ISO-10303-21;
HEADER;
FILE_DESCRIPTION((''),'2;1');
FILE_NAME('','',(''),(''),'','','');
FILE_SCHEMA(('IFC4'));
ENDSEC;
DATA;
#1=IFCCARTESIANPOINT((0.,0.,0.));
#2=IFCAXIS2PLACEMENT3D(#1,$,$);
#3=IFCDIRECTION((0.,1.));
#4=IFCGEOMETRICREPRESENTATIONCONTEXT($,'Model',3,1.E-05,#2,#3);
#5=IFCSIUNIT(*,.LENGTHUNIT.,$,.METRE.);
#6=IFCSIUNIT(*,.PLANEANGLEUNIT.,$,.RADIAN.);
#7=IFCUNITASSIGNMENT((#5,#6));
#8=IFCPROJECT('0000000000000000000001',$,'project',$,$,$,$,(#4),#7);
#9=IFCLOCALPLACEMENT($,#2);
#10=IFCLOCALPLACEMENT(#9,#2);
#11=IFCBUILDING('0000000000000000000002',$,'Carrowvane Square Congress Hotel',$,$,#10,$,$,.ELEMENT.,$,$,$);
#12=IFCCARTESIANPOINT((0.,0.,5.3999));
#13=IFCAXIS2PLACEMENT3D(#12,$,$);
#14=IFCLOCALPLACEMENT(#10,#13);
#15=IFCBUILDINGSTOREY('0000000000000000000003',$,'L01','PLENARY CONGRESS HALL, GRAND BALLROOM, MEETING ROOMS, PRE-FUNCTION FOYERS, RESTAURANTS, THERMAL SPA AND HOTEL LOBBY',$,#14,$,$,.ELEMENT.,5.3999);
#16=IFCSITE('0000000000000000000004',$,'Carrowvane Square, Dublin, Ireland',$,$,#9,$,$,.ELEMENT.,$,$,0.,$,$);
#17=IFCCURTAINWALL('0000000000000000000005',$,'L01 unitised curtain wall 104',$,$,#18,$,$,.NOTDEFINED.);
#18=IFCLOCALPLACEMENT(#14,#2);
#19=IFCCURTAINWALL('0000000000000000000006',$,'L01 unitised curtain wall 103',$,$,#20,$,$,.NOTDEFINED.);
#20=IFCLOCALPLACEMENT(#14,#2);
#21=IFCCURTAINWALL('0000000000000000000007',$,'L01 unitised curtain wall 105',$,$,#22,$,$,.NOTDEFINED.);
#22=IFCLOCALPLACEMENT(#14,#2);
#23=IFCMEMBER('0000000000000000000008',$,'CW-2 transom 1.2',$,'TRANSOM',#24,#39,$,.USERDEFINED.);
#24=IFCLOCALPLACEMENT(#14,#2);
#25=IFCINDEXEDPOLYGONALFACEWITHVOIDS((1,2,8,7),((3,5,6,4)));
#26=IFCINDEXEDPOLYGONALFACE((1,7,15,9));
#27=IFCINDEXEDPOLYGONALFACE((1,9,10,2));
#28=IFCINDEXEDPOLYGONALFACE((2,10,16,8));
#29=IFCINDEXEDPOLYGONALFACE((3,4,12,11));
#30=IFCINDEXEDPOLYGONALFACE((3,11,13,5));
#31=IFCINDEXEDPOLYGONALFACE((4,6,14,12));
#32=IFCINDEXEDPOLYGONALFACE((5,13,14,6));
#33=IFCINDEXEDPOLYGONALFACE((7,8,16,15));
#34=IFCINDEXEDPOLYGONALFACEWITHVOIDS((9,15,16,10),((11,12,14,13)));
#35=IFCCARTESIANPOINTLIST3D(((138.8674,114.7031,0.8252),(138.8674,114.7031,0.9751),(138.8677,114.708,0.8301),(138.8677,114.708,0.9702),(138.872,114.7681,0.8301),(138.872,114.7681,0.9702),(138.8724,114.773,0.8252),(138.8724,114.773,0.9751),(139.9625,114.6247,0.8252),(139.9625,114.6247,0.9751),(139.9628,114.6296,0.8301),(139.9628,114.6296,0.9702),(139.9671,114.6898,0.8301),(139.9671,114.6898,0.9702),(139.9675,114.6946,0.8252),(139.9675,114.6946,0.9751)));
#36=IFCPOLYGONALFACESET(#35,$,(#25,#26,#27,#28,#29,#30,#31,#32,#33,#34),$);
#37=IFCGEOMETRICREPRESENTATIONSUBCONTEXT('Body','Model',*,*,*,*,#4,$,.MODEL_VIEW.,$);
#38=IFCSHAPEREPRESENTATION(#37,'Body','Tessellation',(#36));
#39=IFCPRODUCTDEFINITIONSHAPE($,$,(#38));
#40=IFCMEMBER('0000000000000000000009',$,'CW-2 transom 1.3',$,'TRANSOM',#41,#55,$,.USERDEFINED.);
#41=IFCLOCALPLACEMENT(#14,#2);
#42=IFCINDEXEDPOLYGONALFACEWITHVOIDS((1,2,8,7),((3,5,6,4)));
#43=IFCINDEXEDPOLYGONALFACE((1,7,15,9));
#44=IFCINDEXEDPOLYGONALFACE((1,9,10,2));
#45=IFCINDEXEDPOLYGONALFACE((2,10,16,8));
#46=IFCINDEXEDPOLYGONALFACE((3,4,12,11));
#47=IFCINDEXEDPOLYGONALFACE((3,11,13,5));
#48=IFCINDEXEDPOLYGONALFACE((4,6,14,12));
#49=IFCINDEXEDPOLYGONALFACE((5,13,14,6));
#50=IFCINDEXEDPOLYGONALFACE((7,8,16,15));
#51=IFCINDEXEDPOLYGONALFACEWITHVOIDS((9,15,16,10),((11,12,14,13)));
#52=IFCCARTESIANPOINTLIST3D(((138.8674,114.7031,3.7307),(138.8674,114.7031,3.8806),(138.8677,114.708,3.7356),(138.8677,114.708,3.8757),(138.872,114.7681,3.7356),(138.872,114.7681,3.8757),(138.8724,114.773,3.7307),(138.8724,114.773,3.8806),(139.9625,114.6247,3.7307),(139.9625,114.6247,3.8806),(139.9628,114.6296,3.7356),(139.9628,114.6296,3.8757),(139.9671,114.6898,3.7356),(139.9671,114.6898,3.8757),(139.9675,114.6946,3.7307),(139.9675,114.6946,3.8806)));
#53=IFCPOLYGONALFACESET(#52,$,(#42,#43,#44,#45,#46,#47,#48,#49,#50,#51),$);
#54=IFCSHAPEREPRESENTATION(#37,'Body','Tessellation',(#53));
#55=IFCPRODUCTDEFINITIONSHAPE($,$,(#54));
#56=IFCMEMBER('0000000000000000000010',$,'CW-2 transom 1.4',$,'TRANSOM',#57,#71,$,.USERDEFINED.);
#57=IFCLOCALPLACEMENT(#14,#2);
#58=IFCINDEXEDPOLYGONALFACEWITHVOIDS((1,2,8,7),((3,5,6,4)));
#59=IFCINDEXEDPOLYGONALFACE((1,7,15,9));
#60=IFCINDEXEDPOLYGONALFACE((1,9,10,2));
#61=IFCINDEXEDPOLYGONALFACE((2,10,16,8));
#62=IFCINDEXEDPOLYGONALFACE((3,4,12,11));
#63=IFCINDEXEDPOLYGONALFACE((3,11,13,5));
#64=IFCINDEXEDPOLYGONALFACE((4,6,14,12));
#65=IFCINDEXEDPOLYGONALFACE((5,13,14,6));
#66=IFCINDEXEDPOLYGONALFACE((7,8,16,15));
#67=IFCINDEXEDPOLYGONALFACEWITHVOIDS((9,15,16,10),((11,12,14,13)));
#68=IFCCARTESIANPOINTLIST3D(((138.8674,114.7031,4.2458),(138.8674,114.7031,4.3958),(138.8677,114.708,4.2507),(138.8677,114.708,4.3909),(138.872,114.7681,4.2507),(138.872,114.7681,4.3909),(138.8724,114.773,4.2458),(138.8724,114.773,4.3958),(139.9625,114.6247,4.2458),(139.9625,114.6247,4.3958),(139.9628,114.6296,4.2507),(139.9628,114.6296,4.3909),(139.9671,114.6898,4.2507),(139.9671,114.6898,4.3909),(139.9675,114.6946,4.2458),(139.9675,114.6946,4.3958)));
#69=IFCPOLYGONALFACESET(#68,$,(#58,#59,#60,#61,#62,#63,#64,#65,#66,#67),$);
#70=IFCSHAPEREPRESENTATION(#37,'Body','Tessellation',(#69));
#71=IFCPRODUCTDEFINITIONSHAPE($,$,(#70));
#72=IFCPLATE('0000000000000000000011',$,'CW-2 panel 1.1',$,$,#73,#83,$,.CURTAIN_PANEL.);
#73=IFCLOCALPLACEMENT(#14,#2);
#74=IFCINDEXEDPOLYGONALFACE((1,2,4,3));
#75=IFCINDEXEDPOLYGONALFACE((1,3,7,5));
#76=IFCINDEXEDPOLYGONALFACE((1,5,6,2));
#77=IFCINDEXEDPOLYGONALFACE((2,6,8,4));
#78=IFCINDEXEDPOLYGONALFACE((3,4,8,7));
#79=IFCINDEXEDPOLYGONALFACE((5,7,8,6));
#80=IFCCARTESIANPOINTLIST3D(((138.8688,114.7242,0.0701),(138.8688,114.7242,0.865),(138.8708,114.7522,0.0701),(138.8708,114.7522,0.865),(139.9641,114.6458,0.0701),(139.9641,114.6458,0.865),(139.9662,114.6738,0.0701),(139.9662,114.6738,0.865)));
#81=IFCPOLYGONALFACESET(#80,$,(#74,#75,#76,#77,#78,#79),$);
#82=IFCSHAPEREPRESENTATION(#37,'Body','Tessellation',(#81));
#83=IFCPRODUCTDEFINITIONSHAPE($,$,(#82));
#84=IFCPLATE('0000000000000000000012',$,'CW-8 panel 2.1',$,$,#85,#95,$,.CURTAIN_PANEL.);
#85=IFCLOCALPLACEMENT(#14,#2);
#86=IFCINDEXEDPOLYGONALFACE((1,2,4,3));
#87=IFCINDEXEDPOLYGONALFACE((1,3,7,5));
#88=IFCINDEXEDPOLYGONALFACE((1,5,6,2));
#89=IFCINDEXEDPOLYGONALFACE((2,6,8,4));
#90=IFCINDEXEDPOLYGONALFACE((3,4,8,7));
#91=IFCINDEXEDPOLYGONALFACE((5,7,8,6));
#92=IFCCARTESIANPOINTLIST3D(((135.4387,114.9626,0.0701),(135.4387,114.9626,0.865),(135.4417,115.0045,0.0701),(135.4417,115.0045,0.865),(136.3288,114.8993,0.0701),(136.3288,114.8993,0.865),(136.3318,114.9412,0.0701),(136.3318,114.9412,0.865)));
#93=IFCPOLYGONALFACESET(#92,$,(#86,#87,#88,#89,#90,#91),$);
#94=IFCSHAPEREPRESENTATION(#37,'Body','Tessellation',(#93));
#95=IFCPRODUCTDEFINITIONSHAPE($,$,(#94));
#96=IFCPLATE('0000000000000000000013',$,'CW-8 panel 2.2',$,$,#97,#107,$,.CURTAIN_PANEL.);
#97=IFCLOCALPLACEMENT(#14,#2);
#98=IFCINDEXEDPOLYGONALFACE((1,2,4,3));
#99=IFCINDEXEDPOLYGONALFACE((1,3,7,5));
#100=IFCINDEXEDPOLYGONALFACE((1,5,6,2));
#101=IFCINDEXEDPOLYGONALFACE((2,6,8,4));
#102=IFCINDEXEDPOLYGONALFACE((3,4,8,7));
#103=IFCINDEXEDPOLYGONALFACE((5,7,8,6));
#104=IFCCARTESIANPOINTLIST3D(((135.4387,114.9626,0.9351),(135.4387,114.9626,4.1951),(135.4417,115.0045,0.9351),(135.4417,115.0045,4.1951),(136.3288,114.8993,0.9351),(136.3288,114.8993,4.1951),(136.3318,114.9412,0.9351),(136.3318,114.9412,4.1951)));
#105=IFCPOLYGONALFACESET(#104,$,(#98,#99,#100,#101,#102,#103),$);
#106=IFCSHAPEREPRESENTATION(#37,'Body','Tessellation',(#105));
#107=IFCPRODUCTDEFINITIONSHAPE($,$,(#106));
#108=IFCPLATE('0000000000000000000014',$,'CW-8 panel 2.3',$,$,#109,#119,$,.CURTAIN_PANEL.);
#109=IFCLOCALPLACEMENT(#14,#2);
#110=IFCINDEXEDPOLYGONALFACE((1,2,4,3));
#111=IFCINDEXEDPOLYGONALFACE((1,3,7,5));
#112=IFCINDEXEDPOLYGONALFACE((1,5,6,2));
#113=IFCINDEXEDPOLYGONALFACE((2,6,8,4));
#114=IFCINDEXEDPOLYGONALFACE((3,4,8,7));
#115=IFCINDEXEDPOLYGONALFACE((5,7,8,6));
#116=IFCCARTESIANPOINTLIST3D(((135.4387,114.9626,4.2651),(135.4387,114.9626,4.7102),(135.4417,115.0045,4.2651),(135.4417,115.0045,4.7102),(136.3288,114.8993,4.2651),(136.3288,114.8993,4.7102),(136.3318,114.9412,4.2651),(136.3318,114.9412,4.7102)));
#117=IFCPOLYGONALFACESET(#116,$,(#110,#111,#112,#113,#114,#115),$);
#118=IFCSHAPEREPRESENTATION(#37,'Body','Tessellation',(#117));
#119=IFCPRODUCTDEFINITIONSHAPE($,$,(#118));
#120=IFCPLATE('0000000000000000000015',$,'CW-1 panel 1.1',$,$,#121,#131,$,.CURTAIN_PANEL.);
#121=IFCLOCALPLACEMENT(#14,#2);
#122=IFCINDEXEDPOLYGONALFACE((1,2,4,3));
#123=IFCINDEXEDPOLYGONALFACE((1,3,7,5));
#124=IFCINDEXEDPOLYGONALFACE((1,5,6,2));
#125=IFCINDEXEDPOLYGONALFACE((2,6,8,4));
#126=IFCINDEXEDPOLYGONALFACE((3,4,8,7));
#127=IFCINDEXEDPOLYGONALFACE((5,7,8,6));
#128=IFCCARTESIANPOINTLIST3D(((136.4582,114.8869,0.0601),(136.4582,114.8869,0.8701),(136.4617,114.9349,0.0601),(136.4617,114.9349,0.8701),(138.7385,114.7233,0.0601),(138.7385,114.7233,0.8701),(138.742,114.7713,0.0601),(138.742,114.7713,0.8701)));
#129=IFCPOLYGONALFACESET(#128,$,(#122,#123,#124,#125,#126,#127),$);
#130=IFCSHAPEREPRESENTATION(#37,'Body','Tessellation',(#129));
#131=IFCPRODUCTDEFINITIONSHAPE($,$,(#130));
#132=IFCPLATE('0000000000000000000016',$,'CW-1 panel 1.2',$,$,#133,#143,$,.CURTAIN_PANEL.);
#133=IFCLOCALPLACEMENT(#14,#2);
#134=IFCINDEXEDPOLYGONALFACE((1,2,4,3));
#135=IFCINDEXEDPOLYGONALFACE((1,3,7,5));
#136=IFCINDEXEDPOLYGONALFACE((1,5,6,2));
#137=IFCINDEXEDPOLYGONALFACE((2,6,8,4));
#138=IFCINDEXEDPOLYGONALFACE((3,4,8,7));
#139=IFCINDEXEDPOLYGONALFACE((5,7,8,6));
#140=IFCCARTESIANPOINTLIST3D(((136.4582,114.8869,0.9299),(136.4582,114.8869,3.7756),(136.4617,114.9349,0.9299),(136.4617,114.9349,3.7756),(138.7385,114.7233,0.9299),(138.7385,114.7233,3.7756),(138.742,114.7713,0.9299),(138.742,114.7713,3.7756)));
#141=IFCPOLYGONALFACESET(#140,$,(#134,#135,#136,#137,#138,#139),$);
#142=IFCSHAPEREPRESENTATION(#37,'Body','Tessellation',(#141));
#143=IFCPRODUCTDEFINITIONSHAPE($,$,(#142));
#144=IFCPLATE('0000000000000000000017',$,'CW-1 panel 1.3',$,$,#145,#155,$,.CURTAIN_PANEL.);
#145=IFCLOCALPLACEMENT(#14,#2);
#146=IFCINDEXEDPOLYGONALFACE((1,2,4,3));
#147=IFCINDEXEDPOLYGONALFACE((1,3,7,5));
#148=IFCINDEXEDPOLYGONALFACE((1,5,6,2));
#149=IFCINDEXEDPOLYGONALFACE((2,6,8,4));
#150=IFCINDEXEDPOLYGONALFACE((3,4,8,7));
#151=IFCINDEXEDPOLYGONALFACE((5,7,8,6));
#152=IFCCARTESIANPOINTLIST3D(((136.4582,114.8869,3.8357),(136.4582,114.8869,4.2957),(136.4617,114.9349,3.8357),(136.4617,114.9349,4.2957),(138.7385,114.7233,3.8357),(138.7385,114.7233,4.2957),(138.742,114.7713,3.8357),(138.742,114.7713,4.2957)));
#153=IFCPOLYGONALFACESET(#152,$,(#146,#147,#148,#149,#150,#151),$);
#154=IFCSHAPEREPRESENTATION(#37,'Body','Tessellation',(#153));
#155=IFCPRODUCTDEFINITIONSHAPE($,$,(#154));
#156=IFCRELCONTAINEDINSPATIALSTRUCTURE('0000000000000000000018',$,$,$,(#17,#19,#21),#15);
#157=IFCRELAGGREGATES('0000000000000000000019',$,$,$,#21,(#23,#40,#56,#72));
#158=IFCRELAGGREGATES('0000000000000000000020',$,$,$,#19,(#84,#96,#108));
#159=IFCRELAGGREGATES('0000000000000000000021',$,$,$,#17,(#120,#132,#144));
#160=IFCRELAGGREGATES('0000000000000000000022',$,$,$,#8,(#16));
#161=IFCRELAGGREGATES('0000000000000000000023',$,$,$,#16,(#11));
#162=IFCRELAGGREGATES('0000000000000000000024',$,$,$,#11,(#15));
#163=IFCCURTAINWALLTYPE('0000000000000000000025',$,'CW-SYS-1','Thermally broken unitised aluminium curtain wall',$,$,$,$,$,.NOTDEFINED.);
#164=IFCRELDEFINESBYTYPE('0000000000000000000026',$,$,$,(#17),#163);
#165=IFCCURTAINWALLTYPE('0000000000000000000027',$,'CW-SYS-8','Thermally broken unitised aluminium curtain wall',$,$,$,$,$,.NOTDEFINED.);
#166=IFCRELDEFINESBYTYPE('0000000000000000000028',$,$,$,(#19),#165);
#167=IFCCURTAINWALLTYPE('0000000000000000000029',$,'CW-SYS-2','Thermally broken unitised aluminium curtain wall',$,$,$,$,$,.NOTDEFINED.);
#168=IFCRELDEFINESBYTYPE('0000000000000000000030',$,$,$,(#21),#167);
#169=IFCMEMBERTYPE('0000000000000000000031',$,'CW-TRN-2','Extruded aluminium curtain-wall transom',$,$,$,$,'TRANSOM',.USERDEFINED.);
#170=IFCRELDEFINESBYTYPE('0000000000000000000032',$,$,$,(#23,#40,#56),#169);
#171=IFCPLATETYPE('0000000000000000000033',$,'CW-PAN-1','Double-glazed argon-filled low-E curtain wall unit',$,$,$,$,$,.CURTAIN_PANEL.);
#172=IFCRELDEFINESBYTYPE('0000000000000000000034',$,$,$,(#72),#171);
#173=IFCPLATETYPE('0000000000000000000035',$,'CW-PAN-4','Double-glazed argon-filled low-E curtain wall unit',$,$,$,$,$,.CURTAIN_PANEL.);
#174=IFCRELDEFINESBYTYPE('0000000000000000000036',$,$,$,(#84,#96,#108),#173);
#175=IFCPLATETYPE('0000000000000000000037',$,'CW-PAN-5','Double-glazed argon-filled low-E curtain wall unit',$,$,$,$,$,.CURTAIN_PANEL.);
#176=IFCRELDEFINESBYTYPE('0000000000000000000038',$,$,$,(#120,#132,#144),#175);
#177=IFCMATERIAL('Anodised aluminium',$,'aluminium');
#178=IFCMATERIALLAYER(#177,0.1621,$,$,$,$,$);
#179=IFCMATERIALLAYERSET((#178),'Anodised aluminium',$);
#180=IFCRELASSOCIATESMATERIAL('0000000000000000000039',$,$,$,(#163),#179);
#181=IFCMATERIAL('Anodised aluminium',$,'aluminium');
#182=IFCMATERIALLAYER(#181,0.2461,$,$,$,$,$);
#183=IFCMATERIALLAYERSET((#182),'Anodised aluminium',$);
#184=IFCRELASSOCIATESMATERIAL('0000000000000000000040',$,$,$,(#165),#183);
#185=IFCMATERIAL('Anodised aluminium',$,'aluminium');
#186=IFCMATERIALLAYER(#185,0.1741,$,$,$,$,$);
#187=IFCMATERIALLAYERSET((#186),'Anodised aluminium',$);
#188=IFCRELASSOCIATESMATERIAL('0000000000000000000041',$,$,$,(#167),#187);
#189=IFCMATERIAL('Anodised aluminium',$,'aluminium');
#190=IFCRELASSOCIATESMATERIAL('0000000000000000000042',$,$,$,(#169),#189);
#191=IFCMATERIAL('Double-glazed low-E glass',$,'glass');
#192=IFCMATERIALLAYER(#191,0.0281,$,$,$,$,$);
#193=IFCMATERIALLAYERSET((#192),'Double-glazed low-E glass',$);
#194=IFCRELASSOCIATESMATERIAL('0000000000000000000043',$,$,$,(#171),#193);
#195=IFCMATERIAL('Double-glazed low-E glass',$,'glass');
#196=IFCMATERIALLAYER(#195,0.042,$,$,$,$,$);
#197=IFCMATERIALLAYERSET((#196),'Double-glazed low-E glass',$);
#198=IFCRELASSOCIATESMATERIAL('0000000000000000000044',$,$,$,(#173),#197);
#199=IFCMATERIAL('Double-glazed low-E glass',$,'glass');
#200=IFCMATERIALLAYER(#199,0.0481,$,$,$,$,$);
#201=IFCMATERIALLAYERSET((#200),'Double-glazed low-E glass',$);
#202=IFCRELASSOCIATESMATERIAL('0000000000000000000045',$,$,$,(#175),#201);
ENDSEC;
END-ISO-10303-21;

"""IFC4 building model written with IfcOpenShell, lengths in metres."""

from ifc_helpers import new_model, si_unit, direction, frame, origin, origin_2d, place, context, subcontext, project, spatial, rectangle, hollow_rectangle, extrude, material, layer, layer_set, material_profile, profile_set, type_object, element, aggregate, save


model = new_model("IFC4")

# Units and contexts
model_context = context("Model", 3, precision=1e-05, world=origin(), true_north=direction((0.0, 1.0)))
body_context = subcontext(model_context, "Body", "Model", "MODEL_VIEW")
ifc_project = project(units=[si_unit("LENGTHUNIT", "METRE"), si_unit("PLANEANGLEUNIT", "RADIAN")], contexts=[model_context])

# Site, building, storey
site_placement = place(None, origin())
site = spatial("IfcSite", under=ifc_project, at=site_placement, Name="Carrowvane Square, Dublin, Ireland", CompositionType="ELEMENT", RefElevation=0.0)
building_placement = place(site_placement, origin())
building = spatial("IfcBuilding", under=site, at=building_placement, Name="Carrowvane Square Congress Hotel", CompositionType="ELEMENT")
storey_placement = place(building_placement, frame((0.0, 0.0, 5.3999)))
storey = spatial("IfcBuildingStorey", under=building, at=storey_placement, Name="L01", Description="PLENARY CONGRESS HALL, GRAND BALLROOM, MEETING ROOMS, PRE-FUNCTION FOYERS, RESTAURANTS, THERMAL SPA AND HOTEL LOBBY", CompositionType="ELEMENT", Elevation=5.3999)

# Curtain wall
ifc_material_1 = material(Name="Anodised aluminium", Category="aluminium")
ifc_layer_1 = layer(ifc_material_1, 0.1621)
ifc_layer_set_1 = layer_set([ifc_layer_1], Name="Anodised aluminium")
curtain_wall_type_1 = type_object("IfcCurtainWallType", Name="CW-SYS-1", Description="Thermally broken unitised aluminium curtain wall", PredefinedType="NOTDEFINED", material=ifc_layer_set_1)
curtain_wall_1_placement = place(storey_placement, origin())
curtain_wall_1 = element("IfcCurtainWall", 1, at=curtain_wall_1_placement, inside=storey, type_object=curtain_wall_type_1, Name="L01 unitised curtain wall 104", PredefinedType="NOTDEFINED")

# Curtain walls
ifc_material_2 = material(Name="Anodised aluminium", Category="aluminium")
ifc_layer_2 = layer(ifc_material_2, 0.2461)
ifc_layer_set_2 = layer_set([ifc_layer_2], Name="Anodised aluminium")
curtain_wall_type_2 = type_object("IfcCurtainWallType", Name="CW-SYS-8", Description="Thermally broken unitised aluminium curtain wall", PredefinedType="NOTDEFINED", material=ifc_layer_set_2)
curtain_wall_2_placement = place(storey_placement, origin())
curtain_wall_2 = element("IfcCurtainWall", 2, at=curtain_wall_2_placement, inside=storey, type_object=curtain_wall_type_2, Name="L01 unitised curtain wall 103", PredefinedType="NOTDEFINED")
ifc_material_3 = material(Name="Anodised aluminium", Category="aluminium")
ifc_layer_3 = layer(ifc_material_3, 0.1741)
ifc_layer_set_3 = layer_set([ifc_layer_3], Name="Anodised aluminium")
curtain_wall_type_3 = type_object("IfcCurtainWallType", Name="CW-SYS-2", Description="Thermally broken unitised aluminium curtain wall", PredefinedType="NOTDEFINED", material=ifc_layer_set_3)
curtain_wall_3_placement = place(storey_placement, origin())
curtain_wall_3 = element("IfcCurtainWall", 3, at=curtain_wall_3_placement, inside=storey, type_object=curtain_wall_type_3, Name="L01 unitised curtain wall 105", PredefinedType="NOTDEFINED")

# Members
ifc_material_4 = material(Name="Anodised aluminium", Category="aluminium")
ifc_material_profile_1 = material_profile(ifc_material_4, hollow_rectangle(XDim=0.0701, YDim=0.1499, WallThickness=0.0049, at=origin_2d()), Name="CW-TR 70x150x5")
ifc_profile_set_1 = profile_set([ifc_material_profile_1], Name="Anodised aluminium")
member_type_1 = type_object("IfcMemberType", Name="CW-TRN-2", Description="Extruded aluminium curtain-wall transom", ElementType="TRANSOM", PredefinedType="USERDEFINED", material=ifc_profile_set_1)
member_1_placement = place(storey_placement, frame((138.8699, 114.738, 0.9001), z_axis=(0.99745, -0.071373, 0.0), x_axis=(0.071373, 0.99745, 0.0)))
member_1 = element("IfcMember", 4, at=member_1_placement, type_object=member_type_1, Name="CW-2 transom 1.2", ObjectType="TRANSOM", PredefinedType="USERDEFINED", context=body_context, shape_type="SweptSolid", body=[
    extrude(hollow_rectangle(XDim=0.0701, YDim=0.1499, WallThickness=0.0049, at=origin_2d()), origin(), (0.0, 0.0, 1.0), 1.0979),
])
member_2_placement = place(storey_placement, frame((138.8699, 114.738, 3.8057), z_axis=(0.99745, -0.071373, 0.0), x_axis=(0.071373, 0.99745, 0.0)))
member_2 = element("IfcMember", 5, at=member_2_placement, type_object=member_type_1, Name="CW-2 transom 1.3", ObjectType="TRANSOM", PredefinedType="USERDEFINED", context=body_context, shape_type="SweptSolid", body=[
    extrude(hollow_rectangle(XDim=0.0701, YDim=0.1499, WallThickness=0.0049, at=origin_2d()), origin(), (0.0, 0.0, 1.0), 1.0979),
])
member_3_placement = place(storey_placement, frame((138.8699, 114.738, 4.3208), z_axis=(0.99745, -0.071373, 0.0), x_axis=(0.071373, 0.99745, 0.0)))
member_3 = element("IfcMember", 6, at=member_3_placement, type_object=member_type_1, Name="CW-2 transom 1.4", ObjectType="TRANSOM", PredefinedType="USERDEFINED", context=body_context, shape_type="SweptSolid", body=[
    extrude(hollow_rectangle(XDim=0.0701, YDim=0.1499, WallThickness=0.0049, at=origin_2d()), origin(), (0.0, 0.0, 1.0), 1.0979),
])

# Plates
ifc_material_5 = material(Name="Double-glazed low-E glass", Category="glass")
ifc_layer_4 = layer(ifc_material_5, 0.0281)
ifc_layer_set_4 = layer_set([ifc_layer_4], Name="Double-glazed low-E glass")
plate_type_1 = type_object("IfcPlateType", Name="CW-PAN-1", Description="Double-glazed argon-filled low-E curtain wall unit", PredefinedType="CURTAIN_PANEL", material=ifc_layer_set_4)
plate_1_placement = place(storey_placement, frame((139.4175, 114.699, 0.0701), z_axis=(0.0, 0.0, 1.0), x_axis=(0.997446, -0.071422, 0.0)))
plate_1 = element("IfcPlate", 7, at=plate_1_placement, type_object=plate_type_1, Name="CW-2 panel 1.1", PredefinedType="CURTAIN_PANEL", context=body_context, shape_type="SweptSolid", body=[
    extrude(rectangle(XDim=1.0981, YDim=0.0281, at=origin_2d()), origin(), (0.0, 0.0, 1.0), 0.7949),
])
aggregate(curtain_wall_3, [member_1, member_2, member_3, plate_1])
ifc_material_6 = material(Name="Double-glazed low-E glass", Category="glass")
ifc_layer_5 = layer(ifc_material_6, 0.042)
ifc_layer_set_5 = layer_set([ifc_layer_5], Name="Double-glazed low-E glass")
plate_type_2 = type_object("IfcPlateType", Name="CW-PAN-4", Description="Double-glazed argon-filled low-E curtain wall unit", PredefinedType="CURTAIN_PANEL", material=ifc_layer_set_5)
plate_2_placement = place(storey_placement, frame((135.8853, 114.9519, 0.0701), z_axis=(0.0, 0.0, 1.0), x_axis=(0.997479, -0.07096, 0.0)))
plate_2 = element("IfcPlate", 8, at=plate_2_placement, type_object=plate_type_2, Name="CW-8 panel 2.1", PredefinedType="CURTAIN_PANEL", context=body_context, shape_type="SweptSolid", body=[
    extrude(rectangle(XDim=0.8923, YDim=0.042, at=origin_2d()), origin(), (0.0, 0.0, 1.0), 0.7949),
])
plate_3_placement = place(storey_placement, frame((135.8853, 114.9519, 0.9351), z_axis=(0.0, 0.0, 1.0), x_axis=(0.997479, -0.07096, 0.0)))
plate_3 = element("IfcPlate", 9, at=plate_3_placement, type_object=plate_type_2, Name="CW-8 panel 2.2", PredefinedType="CURTAIN_PANEL", context=body_context, shape_type="SweptSolid", body=[
    extrude(rectangle(XDim=0.8923, YDim=0.042, at=origin_2d()), origin(), (0.0, 0.0, 1.0), 3.26),
])
plate_4_placement = place(storey_placement, frame((135.8853, 114.9519, 4.2651), z_axis=(0.0, 0.0, 1.0), x_axis=(0.997479, -0.07096, 0.0)))
plate_4 = element("IfcPlate", 10, at=plate_4_placement, type_object=plate_type_2, Name="CW-8 panel 2.3", PredefinedType="CURTAIN_PANEL", context=body_context, shape_type="SweptSolid", body=[
    extrude(rectangle(XDim=0.8923, YDim=0.042, at=origin_2d()), origin(), (0.0, 0.0, 1.0), 0.4451),
])
aggregate(curtain_wall_2, [plate_2, plate_3, plate_4])
ifc_material_7 = material(Name="Double-glazed low-E glass", Category="glass")
ifc_layer_6 = layer(ifc_material_7, 0.0481)
ifc_layer_set_6 = layer_set([ifc_layer_6], Name="Double-glazed low-E glass")
plate_type_3 = type_object("IfcPlateType", Name="CW-PAN-5", Description="Double-glazed argon-filled low-E curtain wall unit", PredefinedType="CURTAIN_PANEL", material=ifc_layer_set_6)
plate_5_placement = place(storey_placement, frame((137.6001, 114.8291, 0.0601), z_axis=(0.0, 0.0, 1.0), x_axis=(0.997438, -0.071532, 0.0)))
plate_5 = element("IfcPlate", 11, at=plate_5_placement, type_object=plate_type_3, Name="CW-1 panel 1.1", PredefinedType="CURTAIN_PANEL", context=body_context, shape_type="SweptSolid", body=[
    extrude(rectangle(XDim=2.2861, YDim=0.0481, at=origin_2d()), origin(), (0.0, 0.0, 1.0), 0.8101),
])
plate_6_placement = place(storey_placement, frame((137.6001, 114.8291, 0.9299), z_axis=(0.0, 0.0, 1.0), x_axis=(0.997438, -0.071532, 0.0)))
plate_6 = element("IfcPlate", 12, at=plate_6_placement, type_object=plate_type_3, Name="CW-1 panel 1.2", PredefinedType="CURTAIN_PANEL", context=body_context, shape_type="SweptSolid", body=[
    extrude(rectangle(XDim=2.2861, YDim=0.0481, at=origin_2d()), origin(), (0.0, 0.0, 1.0), 2.8457),
])
plate_7_placement = place(storey_placement, frame((137.6001, 114.8291, 3.8357), z_axis=(0.0, 0.0, 1.0), x_axis=(0.997438, -0.071532, 0.0)))
plate_7 = element("IfcPlate", 13, at=plate_7_placement, type_object=plate_type_3, Name="CW-1 panel 1.3", PredefinedType="CURTAIN_PANEL", context=body_context, shape_type="SweptSolid", body=[
    extrude(rectangle(XDim=2.2861, YDim=0.0481, at=origin_2d()), origin(), (0.0, 0.0, 1.0), 0.46),
])
aggregate(curtain_wall_1, [plate_5, plate_6, plate_7])

save(model, "model.ifc")
